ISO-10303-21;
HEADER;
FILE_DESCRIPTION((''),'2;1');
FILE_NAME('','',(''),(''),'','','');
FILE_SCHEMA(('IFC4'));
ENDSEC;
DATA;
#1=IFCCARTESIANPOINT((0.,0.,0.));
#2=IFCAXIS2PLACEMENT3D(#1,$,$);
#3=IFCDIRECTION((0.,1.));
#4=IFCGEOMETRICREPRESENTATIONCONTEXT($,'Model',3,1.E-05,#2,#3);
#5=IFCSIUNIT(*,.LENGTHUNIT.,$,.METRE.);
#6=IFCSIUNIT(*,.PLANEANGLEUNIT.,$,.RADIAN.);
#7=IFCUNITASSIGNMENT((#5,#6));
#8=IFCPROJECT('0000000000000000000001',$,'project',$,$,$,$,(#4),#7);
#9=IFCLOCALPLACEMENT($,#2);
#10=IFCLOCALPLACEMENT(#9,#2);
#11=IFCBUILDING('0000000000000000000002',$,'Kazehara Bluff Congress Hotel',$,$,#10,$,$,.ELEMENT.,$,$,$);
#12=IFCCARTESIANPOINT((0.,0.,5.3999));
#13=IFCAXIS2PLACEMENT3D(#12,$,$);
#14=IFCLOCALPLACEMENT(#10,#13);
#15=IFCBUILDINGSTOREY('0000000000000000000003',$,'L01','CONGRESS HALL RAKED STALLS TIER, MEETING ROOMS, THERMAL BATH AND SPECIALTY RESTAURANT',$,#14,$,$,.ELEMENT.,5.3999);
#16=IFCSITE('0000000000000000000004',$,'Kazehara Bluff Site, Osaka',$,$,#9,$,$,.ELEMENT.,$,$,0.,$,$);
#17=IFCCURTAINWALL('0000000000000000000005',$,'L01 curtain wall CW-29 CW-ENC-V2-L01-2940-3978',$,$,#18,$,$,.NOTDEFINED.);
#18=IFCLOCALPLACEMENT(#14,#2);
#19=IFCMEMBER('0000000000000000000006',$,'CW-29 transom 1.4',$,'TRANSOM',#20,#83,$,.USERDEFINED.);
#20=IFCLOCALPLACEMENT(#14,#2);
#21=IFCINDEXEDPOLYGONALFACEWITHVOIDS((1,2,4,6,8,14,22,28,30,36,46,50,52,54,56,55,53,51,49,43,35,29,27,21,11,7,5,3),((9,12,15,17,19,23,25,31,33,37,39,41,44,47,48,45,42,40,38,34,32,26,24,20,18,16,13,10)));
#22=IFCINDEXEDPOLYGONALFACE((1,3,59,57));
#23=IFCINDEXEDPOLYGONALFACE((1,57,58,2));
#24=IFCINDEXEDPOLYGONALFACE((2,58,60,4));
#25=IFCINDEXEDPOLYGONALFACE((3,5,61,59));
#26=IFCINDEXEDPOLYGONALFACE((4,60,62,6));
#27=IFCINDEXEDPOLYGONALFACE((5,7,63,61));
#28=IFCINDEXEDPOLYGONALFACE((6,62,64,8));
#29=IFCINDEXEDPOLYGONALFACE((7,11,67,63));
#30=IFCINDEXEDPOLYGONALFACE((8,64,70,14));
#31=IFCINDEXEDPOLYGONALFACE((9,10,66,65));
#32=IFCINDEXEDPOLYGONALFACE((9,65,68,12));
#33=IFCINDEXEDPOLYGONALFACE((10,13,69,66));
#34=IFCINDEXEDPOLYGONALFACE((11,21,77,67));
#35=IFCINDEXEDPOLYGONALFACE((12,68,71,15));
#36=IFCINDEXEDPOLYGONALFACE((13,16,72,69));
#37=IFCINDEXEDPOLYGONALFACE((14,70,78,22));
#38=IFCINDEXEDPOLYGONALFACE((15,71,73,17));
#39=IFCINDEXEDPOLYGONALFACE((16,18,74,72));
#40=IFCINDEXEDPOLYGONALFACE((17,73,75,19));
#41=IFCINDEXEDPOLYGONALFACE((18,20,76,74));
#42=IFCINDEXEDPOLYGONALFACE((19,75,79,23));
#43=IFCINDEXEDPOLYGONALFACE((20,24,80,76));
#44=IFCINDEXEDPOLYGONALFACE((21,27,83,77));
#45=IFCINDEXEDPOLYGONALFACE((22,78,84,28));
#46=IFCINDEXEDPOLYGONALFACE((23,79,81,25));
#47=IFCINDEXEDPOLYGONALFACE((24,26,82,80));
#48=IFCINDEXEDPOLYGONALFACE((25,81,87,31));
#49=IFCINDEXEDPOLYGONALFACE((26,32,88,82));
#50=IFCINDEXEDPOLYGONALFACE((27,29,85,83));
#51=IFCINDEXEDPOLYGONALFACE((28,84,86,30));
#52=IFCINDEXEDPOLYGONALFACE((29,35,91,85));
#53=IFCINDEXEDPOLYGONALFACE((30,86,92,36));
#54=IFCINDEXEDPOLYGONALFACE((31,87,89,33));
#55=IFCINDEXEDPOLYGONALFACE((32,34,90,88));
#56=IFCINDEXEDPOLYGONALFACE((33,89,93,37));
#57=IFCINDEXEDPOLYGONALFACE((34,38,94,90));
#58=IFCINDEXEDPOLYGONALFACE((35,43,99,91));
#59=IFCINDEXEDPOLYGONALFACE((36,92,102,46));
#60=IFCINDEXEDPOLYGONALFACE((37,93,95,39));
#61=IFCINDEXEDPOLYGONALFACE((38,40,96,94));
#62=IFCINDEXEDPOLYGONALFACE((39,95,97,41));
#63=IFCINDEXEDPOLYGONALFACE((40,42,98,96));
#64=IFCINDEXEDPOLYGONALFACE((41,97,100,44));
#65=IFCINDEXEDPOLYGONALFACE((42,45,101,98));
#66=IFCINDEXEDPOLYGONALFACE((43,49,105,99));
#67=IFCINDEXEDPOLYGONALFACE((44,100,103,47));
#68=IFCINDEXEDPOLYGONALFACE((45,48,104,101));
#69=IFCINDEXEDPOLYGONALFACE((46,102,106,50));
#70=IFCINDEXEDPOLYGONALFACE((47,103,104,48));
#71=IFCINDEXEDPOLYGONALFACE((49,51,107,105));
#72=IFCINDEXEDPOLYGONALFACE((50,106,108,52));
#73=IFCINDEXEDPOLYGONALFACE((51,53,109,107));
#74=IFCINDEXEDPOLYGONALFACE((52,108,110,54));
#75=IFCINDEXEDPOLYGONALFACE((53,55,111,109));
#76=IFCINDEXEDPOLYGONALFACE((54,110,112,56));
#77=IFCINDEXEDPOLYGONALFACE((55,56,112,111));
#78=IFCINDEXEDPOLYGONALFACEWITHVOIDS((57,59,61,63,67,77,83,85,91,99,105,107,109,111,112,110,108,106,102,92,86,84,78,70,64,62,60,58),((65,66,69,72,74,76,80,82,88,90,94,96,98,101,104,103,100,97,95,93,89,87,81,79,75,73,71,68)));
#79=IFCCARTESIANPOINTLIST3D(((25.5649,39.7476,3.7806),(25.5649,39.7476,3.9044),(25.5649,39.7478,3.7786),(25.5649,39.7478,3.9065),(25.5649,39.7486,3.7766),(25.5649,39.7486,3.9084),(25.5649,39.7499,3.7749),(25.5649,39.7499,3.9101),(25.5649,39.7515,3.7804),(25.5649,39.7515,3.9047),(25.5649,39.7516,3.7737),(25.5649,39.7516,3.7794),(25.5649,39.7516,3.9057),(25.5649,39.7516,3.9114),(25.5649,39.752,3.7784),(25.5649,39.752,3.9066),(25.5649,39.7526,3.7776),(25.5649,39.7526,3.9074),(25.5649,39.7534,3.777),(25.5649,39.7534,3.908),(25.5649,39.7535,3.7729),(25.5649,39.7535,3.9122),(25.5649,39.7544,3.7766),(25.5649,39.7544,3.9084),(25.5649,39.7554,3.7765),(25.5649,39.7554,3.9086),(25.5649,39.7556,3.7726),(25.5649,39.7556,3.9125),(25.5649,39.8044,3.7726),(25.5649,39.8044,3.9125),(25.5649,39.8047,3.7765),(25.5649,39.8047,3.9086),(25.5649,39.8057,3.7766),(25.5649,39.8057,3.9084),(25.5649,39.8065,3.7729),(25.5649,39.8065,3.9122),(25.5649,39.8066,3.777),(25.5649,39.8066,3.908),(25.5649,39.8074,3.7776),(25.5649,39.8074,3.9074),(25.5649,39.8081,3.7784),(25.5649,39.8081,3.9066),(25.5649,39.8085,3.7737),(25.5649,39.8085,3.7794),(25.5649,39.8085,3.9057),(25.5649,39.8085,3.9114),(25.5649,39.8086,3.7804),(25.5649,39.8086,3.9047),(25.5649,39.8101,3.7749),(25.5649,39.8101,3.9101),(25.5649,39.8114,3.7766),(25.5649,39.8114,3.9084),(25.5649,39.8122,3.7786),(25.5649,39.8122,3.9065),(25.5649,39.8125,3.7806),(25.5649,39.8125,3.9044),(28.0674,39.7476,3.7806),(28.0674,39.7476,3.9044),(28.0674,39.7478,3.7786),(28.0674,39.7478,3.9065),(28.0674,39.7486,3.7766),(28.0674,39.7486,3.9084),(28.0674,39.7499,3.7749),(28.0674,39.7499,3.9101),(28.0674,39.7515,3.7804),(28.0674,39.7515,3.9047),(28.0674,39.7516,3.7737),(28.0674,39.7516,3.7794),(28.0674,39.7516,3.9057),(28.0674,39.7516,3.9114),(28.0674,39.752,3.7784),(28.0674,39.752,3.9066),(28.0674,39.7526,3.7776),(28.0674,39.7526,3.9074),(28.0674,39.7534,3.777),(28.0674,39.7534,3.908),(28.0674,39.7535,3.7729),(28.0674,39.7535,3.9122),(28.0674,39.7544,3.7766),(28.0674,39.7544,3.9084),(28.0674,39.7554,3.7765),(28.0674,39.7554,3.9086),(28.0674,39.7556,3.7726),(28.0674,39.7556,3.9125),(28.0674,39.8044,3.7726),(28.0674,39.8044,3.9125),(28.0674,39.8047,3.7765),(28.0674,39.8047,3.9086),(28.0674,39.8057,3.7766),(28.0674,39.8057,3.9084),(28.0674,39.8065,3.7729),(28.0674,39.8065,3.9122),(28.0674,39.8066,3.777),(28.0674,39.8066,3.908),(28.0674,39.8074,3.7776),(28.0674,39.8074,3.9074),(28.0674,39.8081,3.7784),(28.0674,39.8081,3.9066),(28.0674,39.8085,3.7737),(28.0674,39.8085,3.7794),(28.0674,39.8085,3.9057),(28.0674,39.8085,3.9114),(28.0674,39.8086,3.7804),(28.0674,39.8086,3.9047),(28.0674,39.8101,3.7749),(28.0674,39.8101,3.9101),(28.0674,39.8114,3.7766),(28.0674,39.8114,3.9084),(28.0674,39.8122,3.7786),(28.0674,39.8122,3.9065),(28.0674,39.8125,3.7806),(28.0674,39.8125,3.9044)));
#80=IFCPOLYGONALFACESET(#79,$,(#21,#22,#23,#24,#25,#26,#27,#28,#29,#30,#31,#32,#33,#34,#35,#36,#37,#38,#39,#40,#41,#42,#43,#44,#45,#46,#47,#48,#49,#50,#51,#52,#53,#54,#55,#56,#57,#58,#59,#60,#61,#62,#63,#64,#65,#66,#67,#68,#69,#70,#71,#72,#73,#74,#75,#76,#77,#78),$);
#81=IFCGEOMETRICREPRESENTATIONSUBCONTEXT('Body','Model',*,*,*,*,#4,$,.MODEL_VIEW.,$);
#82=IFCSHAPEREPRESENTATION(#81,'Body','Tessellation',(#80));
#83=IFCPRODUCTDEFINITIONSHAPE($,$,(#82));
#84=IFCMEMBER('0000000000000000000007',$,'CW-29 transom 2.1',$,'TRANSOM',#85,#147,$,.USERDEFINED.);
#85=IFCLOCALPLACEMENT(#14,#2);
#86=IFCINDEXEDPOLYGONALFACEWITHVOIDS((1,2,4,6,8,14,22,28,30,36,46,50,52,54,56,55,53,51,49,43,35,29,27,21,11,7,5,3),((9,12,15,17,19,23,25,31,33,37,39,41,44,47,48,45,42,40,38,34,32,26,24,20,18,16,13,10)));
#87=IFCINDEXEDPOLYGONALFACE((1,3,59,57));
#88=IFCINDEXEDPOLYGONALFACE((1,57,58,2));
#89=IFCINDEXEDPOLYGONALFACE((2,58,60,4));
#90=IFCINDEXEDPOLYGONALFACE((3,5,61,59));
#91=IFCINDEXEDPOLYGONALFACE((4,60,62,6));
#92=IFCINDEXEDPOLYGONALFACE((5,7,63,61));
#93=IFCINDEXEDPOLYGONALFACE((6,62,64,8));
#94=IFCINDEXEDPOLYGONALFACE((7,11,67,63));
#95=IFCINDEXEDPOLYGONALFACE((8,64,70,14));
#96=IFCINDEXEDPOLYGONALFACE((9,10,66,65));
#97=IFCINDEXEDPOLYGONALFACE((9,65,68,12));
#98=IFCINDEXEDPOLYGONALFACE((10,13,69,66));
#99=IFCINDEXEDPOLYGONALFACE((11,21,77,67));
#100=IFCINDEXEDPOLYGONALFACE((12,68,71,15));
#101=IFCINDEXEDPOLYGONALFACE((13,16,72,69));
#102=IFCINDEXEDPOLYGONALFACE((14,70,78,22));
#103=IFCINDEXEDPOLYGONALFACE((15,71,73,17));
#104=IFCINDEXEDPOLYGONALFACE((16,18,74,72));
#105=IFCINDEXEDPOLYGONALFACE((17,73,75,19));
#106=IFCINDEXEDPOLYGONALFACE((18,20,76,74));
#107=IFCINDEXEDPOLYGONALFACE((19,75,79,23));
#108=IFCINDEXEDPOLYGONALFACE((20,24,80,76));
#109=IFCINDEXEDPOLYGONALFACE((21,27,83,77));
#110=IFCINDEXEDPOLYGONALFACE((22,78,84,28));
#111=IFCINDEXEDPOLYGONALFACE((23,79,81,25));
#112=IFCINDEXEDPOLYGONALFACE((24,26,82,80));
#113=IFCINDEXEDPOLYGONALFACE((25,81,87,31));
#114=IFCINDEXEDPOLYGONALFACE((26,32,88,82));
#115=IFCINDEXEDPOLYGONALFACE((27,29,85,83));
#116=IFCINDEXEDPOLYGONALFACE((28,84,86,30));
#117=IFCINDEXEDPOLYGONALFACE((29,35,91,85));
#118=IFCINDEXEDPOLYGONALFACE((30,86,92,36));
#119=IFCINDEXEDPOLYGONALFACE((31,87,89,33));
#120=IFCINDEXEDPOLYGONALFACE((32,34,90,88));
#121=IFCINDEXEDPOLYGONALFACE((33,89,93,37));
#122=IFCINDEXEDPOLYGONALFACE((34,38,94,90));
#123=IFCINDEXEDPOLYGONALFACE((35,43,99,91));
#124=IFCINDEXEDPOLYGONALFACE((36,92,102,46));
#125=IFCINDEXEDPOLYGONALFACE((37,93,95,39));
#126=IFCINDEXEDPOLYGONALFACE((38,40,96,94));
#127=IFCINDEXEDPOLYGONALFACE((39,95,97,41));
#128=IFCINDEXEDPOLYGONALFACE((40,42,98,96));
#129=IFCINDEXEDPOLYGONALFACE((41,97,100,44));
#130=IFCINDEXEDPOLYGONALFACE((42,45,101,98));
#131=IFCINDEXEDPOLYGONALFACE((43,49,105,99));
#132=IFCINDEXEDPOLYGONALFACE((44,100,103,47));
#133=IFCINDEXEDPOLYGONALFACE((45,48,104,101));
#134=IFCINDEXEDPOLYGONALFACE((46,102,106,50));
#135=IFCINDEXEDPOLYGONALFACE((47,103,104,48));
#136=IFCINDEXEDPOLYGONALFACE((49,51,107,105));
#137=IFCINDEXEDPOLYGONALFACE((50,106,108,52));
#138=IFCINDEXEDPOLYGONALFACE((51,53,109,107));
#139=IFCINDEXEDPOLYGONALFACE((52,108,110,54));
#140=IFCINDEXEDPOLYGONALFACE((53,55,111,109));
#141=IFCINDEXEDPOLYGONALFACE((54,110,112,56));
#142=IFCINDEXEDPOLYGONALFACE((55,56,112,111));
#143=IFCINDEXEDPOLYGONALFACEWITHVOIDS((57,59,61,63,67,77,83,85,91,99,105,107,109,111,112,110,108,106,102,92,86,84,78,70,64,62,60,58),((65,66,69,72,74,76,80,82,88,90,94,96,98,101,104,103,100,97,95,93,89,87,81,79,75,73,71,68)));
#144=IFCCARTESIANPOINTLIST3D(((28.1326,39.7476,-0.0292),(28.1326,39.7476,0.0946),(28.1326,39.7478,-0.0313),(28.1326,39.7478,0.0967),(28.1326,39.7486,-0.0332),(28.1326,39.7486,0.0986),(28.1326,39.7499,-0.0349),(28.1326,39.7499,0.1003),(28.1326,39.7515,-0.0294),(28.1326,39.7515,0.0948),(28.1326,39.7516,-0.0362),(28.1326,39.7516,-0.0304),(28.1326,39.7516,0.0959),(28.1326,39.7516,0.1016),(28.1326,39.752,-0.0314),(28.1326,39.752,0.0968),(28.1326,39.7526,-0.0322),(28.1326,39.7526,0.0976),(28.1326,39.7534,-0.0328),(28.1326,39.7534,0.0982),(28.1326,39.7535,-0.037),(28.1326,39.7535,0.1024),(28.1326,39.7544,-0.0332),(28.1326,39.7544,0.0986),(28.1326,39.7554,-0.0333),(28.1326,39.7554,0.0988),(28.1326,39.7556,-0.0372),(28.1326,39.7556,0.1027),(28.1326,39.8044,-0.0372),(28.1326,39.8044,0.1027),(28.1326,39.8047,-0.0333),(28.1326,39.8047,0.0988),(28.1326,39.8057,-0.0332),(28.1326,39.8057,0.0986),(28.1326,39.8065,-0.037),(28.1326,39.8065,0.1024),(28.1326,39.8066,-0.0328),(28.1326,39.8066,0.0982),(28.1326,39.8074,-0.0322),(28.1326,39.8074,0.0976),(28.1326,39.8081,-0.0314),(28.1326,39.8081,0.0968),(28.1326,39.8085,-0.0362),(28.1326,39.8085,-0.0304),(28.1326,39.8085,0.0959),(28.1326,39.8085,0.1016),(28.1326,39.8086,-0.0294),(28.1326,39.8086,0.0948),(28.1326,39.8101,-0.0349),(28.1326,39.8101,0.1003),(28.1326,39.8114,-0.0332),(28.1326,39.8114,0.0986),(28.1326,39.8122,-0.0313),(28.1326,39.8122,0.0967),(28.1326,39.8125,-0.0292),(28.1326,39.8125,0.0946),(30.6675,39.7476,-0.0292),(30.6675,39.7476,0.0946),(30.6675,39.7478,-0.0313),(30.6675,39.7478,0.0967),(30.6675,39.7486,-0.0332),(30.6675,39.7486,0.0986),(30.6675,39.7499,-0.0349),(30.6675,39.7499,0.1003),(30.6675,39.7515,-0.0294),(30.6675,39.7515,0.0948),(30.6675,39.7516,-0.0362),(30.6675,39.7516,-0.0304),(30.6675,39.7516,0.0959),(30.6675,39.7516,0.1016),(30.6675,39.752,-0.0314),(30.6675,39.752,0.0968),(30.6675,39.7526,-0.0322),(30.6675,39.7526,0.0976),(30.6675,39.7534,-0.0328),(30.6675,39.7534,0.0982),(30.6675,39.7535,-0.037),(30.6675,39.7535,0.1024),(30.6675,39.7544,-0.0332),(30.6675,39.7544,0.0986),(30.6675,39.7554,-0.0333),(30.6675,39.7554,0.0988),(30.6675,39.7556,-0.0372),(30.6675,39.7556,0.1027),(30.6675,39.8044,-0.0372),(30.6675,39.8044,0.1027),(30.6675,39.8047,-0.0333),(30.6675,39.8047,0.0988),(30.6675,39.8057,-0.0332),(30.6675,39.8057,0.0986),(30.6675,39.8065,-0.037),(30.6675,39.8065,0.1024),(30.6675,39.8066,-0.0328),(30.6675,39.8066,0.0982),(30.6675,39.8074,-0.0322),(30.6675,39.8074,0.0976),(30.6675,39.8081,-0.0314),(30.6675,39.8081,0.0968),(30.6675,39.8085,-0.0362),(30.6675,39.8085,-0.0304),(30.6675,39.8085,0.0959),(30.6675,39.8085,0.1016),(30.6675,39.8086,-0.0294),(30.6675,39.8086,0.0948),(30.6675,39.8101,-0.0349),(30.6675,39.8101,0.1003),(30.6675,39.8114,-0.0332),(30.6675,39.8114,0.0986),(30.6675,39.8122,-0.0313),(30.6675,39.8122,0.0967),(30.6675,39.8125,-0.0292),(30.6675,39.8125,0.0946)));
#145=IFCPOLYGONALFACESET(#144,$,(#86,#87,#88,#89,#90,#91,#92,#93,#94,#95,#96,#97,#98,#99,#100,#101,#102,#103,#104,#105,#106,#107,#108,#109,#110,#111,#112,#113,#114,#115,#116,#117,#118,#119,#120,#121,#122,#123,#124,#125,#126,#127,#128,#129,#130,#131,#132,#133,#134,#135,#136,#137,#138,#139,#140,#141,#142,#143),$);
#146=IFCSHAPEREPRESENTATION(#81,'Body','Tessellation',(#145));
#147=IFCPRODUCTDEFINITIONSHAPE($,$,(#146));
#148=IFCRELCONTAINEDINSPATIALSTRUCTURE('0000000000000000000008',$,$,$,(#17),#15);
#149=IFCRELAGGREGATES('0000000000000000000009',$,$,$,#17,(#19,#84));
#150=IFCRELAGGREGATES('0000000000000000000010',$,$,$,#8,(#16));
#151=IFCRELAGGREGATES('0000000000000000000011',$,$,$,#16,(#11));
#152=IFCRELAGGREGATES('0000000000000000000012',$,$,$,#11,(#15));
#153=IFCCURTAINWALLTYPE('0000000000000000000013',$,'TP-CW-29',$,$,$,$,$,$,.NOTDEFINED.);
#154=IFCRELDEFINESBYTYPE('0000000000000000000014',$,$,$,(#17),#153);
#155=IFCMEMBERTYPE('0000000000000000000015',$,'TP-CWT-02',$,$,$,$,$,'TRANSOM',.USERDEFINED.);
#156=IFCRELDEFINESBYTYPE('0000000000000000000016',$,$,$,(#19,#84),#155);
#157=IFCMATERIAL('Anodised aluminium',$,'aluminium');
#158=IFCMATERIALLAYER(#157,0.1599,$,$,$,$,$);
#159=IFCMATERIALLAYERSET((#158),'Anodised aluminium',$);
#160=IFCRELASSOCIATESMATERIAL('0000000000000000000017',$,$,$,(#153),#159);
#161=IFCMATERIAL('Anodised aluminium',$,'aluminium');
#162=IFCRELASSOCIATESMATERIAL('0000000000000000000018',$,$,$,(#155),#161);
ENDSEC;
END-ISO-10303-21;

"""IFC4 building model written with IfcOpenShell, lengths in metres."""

from ifc_helpers import new_model, si_unit, direction, frame, origin, origin_2d, place, context, subcontext, project, spatial, hollow_rectangle, extrude, material, layer, layer_set, material_profile, profile_set, type_object, element, aggregate, save


model = new_model("IFC4")

# Units and contexts
model_context = context("Model", 3, precision=1e-05, world=origin(), true_north=direction((0.0, 1.0)))
body_context = subcontext(model_context, "Body", "Model", "MODEL_VIEW")
ifc_project = project(units=[si_unit("LENGTHUNIT", "METRE"), si_unit("PLANEANGLEUNIT", "RADIAN")], contexts=[model_context])

# Site, building, storey
site_placement = place(None, origin())
site = spatial("IfcSite", under=ifc_project, at=site_placement, Name="Kazehara Bluff Site, Osaka", CompositionType="ELEMENT", RefElevation=0.0)
building_placement = place(site_placement, origin())
building = spatial("IfcBuilding", under=site, at=building_placement, Name="Kazehara Bluff Congress Hotel", CompositionType="ELEMENT")
storey_placement = place(building_placement, frame((0.0, 0.0, 5.3999)))
storey = spatial("IfcBuildingStorey", under=building, at=storey_placement, Name="L01", Description="CONGRESS HALL RAKED STALLS TIER, MEETING ROOMS, THERMAL BATH AND SPECIALTY RESTAURANT", CompositionType="ELEMENT", Elevation=5.3999)

# Curtain wall
ifc_material_1 = material(Name="Anodised aluminium", Category="aluminium")
ifc_layer_1 = layer(ifc_material_1, 0.1599)
ifc_layer_set_1 = layer_set([ifc_layer_1], Name="Anodised aluminium")
curtain_wall_type_1 = type_object("IfcCurtainWallType", Name="TP-CW-29", PredefinedType="NOTDEFINED", material=ifc_layer_set_1)
curtain_wall_1_placement = place(storey_placement, origin())
curtain_wall_1 = element("IfcCurtainWall", 1, at=curtain_wall_1_placement, inside=storey, type_object=curtain_wall_type_1, Name="L01 curtain wall CW-29 CW-ENC-V2-L01-2940-3978", PredefinedType="NOTDEFINED")

# Members
ifc_material_2 = material(Name="Anodised aluminium", Category="aluminium")
ifc_material_profile_1 = material_profile(ifc_material_2, hollow_rectangle(XDim=0.0649, YDim=0.1399, WallThickness=0.0039, InnerFilletRadius=0.0039, OuterFilletRadius=0.0081, at=origin_2d()))
ifc_profile_set_1 = profile_set([ifc_material_profile_1], Name="Anodised aluminium")
member_type_1 = type_object("IfcMemberType", Name="TP-CWT-02", ElementType="TRANSOM", PredefinedType="USERDEFINED", material=ifc_profile_set_1)
member_1_placement = place(storey_placement, frame((25.5649, 39.78, 3.8425), z_axis=(1.0, 0.0, 0.0), x_axis=(0.0, 1.0, 0.0)))
member_1 = element("IfcMember", 2, at=member_1_placement, type_object=member_type_1, Name="CW-29 transom 1.4", ObjectType="TRANSOM", PredefinedType="USERDEFINED", context=body_context, shape_type="SweptSolid", body=[
    extrude(hollow_rectangle(XDim=0.0649, YDim=0.1399, WallThickness=0.0039, InnerFilletRadius=0.0039, OuterFilletRadius=0.0081, at=origin_2d()), origin(), (0.0, 0.0, 1.0), 2.5024),
])
member_2_placement = place(storey_placement, frame((28.1326, 39.78, 0.0327), z_axis=(1.0, 0.0, 0.0), x_axis=(0.0, 1.0, 0.0)))
member_2 = element("IfcMember", 3, at=member_2_placement, type_object=member_type_1, Name="CW-29 transom 2.1", ObjectType="TRANSOM", PredefinedType="USERDEFINED", context=body_context, shape_type="SweptSolid", body=[
    extrude(hollow_rectangle(XDim=0.0649, YDim=0.1399, WallThickness=0.0039, InnerFilletRadius=0.0039, OuterFilletRadius=0.0081, at=origin_2d()), origin(), (0.0, 0.0, 1.0), 2.5349),
])

aggregate(curtain_wall_1, [member_1, member_2])

save(model, "model.ifc")
